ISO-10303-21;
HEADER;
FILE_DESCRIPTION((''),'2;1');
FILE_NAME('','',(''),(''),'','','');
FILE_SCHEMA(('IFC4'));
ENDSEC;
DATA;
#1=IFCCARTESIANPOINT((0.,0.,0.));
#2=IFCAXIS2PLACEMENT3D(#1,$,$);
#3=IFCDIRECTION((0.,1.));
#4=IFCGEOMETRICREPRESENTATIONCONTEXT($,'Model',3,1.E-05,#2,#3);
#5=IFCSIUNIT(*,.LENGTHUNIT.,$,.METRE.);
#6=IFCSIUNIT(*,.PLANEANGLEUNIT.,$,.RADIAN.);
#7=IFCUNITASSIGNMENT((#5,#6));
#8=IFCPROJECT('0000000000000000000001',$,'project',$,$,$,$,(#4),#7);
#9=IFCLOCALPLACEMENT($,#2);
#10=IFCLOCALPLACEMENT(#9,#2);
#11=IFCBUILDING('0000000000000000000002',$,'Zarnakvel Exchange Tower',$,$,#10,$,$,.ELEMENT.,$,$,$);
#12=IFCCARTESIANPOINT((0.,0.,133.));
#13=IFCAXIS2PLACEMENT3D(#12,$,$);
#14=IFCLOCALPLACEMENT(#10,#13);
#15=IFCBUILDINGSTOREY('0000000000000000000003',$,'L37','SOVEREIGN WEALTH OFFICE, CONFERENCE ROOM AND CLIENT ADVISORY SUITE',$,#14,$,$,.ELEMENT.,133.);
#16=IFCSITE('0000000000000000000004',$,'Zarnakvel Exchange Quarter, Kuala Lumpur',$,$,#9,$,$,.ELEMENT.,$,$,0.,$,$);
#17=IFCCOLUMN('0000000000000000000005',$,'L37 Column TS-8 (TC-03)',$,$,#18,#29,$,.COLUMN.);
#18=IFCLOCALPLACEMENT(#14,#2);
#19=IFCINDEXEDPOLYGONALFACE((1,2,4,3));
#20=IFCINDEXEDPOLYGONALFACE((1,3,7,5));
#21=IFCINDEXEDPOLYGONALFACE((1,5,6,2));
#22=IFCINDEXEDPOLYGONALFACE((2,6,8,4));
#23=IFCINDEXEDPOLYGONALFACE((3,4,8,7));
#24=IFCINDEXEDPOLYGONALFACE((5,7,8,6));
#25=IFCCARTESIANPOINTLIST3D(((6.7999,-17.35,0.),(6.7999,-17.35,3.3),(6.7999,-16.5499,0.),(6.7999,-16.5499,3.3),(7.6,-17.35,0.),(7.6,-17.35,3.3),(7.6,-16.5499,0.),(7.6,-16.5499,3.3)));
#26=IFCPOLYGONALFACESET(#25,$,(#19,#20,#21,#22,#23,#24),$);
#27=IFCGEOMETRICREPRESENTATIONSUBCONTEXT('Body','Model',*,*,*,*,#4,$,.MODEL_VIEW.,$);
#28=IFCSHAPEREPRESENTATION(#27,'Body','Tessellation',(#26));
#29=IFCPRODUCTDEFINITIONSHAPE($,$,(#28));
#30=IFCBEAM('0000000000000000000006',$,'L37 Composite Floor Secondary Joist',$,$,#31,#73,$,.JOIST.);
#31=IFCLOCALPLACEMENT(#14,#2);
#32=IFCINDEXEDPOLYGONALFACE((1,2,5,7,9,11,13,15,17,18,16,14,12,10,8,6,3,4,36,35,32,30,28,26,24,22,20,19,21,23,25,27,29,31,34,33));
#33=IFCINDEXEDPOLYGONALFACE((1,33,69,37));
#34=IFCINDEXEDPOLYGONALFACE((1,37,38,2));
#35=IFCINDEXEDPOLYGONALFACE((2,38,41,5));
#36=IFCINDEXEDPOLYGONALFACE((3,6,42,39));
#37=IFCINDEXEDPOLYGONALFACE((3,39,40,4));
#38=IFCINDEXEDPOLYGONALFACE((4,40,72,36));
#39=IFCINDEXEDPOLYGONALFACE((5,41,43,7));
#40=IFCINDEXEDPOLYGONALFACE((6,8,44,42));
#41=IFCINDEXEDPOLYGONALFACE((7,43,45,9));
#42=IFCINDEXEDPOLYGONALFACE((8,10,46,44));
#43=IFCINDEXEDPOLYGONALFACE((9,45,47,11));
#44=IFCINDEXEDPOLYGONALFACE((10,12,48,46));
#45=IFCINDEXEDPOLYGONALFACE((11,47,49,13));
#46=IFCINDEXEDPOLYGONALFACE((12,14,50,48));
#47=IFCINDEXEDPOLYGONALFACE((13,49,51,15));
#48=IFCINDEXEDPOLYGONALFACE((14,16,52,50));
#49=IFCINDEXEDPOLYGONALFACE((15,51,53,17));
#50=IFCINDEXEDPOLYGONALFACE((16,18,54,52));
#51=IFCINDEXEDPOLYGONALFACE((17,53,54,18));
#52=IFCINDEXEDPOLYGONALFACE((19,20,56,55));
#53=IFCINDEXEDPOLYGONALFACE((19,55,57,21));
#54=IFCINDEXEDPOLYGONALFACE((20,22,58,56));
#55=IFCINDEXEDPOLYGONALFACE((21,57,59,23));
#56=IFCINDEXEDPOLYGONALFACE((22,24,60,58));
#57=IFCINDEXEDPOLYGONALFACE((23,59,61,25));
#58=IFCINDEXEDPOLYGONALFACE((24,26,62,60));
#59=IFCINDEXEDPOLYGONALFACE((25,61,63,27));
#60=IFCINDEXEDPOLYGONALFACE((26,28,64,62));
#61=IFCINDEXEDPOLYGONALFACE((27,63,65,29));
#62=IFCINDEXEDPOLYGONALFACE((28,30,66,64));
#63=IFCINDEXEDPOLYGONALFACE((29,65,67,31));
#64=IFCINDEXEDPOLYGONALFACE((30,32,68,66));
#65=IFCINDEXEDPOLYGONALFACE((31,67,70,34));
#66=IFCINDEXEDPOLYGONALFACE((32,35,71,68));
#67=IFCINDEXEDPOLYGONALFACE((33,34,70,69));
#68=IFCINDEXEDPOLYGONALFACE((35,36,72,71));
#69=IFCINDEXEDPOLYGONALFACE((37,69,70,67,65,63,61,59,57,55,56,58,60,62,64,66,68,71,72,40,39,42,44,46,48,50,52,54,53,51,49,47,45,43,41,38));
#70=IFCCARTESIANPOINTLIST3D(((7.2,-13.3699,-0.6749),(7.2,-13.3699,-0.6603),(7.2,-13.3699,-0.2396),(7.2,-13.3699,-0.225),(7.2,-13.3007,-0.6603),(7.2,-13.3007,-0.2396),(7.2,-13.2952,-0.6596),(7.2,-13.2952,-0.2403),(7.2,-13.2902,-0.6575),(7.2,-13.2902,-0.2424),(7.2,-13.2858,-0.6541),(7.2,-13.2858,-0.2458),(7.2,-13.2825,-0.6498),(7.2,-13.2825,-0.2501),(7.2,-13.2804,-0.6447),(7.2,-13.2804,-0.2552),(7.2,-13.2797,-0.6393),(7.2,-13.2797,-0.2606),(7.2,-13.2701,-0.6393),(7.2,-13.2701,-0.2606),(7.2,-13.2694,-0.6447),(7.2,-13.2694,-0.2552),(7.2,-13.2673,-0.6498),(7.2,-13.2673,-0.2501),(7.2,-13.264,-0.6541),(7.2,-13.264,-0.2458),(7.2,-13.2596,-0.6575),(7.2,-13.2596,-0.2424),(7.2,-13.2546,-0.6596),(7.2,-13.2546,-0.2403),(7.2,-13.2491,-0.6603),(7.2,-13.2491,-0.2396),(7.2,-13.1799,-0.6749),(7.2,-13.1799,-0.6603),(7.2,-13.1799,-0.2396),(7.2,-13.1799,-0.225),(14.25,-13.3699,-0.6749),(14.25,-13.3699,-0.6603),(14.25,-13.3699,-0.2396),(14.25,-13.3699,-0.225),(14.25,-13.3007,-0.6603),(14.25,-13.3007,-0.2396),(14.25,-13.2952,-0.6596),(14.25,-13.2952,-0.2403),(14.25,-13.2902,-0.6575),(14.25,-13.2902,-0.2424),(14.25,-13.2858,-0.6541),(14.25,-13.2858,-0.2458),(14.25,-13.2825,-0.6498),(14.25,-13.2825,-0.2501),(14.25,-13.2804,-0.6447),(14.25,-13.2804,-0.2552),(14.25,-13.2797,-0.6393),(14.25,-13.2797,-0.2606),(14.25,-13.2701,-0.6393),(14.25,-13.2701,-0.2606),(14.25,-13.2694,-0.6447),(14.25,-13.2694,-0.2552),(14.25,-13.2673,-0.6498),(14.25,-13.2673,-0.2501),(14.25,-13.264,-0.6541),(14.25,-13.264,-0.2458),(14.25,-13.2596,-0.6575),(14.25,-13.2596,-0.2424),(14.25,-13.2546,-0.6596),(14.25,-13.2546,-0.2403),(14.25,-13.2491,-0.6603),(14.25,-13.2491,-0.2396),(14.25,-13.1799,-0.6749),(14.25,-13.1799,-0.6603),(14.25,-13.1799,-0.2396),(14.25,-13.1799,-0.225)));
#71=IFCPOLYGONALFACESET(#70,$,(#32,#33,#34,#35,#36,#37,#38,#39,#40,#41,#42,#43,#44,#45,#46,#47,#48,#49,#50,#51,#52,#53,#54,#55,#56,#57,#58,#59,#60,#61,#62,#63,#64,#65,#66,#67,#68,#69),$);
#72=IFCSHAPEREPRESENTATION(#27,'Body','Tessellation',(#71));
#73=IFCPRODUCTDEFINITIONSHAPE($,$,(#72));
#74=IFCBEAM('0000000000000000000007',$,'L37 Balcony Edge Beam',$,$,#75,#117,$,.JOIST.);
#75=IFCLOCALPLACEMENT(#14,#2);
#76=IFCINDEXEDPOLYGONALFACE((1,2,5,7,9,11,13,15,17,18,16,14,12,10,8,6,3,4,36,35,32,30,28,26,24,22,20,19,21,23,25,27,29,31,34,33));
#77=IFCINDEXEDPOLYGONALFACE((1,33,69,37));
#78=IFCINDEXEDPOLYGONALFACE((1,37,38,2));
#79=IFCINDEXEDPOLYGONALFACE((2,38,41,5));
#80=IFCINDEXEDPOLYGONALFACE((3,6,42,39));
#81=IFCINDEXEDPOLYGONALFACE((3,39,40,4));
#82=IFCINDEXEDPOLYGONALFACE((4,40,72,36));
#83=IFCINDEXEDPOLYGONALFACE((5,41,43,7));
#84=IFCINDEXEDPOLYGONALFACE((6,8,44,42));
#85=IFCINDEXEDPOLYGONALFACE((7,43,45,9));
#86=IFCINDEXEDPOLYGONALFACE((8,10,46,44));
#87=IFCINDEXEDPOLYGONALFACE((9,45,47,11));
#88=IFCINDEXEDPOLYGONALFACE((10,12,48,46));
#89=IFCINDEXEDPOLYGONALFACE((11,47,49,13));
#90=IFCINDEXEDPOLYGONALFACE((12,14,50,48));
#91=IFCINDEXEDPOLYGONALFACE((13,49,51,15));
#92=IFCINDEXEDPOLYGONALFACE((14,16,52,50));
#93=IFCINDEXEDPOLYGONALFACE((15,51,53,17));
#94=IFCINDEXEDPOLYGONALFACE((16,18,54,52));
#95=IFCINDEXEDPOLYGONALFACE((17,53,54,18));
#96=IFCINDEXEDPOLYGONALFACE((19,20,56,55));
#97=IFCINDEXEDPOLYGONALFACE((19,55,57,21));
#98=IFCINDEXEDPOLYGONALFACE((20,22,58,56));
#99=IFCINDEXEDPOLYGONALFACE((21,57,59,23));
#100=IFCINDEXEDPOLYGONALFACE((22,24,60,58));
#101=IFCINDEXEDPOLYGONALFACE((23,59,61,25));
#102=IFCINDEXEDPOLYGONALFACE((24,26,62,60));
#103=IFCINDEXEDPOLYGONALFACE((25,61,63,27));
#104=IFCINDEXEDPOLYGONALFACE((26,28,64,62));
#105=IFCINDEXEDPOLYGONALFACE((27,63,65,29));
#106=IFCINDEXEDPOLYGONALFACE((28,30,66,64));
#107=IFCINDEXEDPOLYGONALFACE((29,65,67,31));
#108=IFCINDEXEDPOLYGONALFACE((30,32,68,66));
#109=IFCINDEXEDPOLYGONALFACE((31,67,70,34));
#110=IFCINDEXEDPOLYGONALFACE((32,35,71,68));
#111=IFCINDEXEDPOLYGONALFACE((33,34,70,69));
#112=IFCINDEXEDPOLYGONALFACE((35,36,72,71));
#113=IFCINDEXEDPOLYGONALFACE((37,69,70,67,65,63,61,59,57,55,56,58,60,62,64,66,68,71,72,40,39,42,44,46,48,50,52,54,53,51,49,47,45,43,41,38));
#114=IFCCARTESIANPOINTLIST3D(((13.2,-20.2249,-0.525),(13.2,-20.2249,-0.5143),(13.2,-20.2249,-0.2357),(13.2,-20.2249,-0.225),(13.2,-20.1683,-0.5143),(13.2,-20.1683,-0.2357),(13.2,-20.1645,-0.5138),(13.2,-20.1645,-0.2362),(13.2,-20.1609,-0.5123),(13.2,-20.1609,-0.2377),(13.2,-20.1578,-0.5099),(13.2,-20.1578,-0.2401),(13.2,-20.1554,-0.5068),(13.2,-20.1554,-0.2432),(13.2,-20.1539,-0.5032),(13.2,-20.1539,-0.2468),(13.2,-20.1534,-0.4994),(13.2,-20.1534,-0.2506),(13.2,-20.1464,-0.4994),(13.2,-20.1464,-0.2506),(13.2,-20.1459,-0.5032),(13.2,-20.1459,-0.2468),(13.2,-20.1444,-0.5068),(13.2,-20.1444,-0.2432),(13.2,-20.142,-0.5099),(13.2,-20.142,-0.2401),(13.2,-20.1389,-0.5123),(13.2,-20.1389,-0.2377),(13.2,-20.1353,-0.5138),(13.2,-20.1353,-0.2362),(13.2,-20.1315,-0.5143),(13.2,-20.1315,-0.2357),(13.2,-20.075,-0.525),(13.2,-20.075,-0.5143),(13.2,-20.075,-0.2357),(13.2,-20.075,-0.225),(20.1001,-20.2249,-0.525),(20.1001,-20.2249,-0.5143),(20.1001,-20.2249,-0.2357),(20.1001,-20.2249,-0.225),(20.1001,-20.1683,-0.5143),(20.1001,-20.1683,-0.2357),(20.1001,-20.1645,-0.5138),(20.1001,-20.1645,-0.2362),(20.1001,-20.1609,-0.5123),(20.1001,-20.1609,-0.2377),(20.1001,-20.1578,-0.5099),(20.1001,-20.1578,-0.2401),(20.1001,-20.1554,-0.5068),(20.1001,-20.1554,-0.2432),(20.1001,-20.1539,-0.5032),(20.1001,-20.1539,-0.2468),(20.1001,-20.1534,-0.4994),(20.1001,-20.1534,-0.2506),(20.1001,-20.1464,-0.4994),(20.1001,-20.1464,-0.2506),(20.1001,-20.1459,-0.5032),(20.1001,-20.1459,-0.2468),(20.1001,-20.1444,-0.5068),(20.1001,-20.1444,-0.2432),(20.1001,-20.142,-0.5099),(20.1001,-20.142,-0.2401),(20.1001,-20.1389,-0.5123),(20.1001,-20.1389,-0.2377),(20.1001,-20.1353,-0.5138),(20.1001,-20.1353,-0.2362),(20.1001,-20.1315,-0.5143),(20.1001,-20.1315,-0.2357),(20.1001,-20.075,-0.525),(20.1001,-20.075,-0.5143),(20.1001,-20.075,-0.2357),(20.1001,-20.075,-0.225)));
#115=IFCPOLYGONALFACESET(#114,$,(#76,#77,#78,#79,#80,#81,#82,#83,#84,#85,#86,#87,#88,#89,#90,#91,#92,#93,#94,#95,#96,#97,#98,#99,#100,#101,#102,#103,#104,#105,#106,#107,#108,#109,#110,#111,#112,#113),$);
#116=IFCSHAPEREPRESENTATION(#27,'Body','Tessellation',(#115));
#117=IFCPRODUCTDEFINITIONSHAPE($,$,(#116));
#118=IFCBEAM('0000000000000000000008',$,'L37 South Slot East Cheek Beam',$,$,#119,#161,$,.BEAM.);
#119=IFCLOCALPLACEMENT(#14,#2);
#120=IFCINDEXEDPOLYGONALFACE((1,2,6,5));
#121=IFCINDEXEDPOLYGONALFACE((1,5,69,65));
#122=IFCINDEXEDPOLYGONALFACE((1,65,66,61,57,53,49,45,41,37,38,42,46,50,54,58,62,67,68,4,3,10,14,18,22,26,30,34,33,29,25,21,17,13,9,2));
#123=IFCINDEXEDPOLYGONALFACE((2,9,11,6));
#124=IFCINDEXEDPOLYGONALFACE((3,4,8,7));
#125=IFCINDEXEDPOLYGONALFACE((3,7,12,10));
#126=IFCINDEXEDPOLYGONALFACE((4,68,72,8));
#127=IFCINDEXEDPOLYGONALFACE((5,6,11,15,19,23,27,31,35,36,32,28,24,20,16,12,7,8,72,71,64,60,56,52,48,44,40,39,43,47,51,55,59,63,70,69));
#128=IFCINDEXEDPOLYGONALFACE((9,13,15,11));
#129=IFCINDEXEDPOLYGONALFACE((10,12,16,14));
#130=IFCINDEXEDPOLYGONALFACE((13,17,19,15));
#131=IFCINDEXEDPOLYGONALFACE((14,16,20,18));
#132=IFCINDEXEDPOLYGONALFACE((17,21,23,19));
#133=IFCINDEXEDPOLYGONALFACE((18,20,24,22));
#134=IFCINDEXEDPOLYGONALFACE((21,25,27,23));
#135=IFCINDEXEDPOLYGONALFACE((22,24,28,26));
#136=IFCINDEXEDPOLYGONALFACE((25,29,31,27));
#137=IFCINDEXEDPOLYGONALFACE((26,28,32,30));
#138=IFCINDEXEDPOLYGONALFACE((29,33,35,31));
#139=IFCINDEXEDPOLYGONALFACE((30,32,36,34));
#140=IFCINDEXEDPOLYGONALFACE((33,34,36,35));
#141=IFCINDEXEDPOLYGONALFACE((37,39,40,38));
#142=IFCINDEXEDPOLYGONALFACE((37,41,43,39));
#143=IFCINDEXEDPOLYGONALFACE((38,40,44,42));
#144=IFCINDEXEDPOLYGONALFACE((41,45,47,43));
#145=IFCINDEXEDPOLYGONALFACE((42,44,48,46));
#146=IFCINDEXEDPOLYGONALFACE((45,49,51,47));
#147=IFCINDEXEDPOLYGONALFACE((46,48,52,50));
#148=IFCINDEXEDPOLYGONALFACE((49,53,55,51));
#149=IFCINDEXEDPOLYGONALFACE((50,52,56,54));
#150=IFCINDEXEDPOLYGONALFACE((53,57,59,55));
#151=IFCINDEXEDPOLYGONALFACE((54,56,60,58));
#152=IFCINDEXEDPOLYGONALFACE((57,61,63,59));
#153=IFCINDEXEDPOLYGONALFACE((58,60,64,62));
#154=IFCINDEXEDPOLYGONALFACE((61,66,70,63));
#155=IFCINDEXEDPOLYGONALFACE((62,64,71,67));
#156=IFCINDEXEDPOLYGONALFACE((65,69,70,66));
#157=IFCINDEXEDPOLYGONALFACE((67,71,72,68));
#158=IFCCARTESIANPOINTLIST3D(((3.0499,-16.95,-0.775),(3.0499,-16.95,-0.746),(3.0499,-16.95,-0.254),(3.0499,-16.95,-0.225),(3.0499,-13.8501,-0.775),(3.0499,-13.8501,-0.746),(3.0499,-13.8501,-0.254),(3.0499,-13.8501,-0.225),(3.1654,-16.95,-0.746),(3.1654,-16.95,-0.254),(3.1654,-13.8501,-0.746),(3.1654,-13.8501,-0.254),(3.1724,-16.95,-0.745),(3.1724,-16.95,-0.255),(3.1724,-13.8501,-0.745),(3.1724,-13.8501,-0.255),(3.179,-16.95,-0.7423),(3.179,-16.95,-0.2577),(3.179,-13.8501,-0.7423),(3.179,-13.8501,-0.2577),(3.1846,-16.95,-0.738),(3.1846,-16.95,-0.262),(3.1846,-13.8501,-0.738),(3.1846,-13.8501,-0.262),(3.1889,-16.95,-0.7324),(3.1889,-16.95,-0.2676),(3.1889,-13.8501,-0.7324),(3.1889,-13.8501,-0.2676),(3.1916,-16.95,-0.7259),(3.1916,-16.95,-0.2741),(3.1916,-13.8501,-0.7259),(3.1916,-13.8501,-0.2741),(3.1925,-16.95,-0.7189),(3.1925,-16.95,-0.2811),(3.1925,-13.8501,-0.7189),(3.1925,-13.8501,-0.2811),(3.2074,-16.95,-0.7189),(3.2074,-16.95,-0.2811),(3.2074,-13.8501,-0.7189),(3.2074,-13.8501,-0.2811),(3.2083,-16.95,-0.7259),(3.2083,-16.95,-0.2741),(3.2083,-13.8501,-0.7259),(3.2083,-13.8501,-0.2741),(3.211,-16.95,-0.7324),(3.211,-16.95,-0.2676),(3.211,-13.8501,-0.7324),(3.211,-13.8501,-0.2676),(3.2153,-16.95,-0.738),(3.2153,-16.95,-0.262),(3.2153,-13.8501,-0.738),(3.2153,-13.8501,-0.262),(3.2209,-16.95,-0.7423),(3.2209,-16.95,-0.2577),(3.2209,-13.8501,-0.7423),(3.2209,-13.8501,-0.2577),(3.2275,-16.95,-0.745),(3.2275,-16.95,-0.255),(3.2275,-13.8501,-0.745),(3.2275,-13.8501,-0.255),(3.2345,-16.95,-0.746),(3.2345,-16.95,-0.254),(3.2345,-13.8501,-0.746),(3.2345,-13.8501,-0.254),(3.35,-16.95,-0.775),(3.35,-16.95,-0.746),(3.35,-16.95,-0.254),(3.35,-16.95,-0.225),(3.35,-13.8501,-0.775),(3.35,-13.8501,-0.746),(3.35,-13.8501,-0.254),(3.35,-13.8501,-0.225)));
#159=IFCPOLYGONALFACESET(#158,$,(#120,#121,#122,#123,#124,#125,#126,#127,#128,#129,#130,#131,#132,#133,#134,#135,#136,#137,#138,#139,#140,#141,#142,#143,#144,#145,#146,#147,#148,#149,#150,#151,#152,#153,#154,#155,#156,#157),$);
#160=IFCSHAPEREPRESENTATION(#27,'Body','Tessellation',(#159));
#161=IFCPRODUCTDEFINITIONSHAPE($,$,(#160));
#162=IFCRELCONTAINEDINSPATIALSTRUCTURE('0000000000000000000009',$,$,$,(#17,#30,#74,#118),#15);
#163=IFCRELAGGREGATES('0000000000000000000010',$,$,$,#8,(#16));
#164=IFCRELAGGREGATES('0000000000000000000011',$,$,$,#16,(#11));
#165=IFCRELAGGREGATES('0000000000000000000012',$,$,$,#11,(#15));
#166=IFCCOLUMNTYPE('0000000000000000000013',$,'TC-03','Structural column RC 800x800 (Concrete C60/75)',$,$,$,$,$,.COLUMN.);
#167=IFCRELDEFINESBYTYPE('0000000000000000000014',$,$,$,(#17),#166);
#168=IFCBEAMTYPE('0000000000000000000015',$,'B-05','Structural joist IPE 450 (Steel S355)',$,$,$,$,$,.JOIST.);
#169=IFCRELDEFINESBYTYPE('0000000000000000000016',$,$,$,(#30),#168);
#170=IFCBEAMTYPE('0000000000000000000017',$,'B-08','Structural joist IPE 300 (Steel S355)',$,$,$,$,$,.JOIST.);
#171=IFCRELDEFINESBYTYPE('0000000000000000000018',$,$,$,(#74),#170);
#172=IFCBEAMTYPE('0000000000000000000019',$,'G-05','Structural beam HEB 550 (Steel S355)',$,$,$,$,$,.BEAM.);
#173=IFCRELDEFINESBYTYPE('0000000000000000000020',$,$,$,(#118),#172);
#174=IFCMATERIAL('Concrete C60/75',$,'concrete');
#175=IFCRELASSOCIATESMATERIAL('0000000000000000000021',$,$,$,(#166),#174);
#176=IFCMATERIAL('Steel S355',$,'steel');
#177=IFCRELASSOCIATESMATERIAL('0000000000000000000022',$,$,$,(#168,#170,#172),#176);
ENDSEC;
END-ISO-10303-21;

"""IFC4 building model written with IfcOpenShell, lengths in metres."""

from ifc_helpers import new_model, si_unit, direction, frame, origin, origin_2d, place, context, subcontext, project, spatial, rectangle, i_section, extrude, material, material_profile, profile_set, type_object, element, save


model = new_model("IFC4")

# Units and contexts
model_context = context("Model", 3, precision=1e-05, world=origin(), true_north=direction((0.0, 1.0)))
body_context = subcontext(model_context, "Body", "Model", "MODEL_VIEW")
ifc_project = project(units=[si_unit("LENGTHUNIT", "METRE"), si_unit("PLANEANGLEUNIT", "RADIAN")], contexts=[model_context])

# Site, building, storey
site_placement = place(None, origin())
site = spatial("IfcSite", under=ifc_project, at=site_placement, Name="Zarnakvel Exchange Quarter, Kuala Lumpur", CompositionType="ELEMENT", RefElevation=0.0)
building_placement = place(site_placement, origin())
building = spatial("IfcBuilding", under=site, at=building_placement, Name="Zarnakvel Exchange Tower", CompositionType="ELEMENT")
storey_placement = place(building_placement, frame((0.0, 0.0, 133.0)))
storey = spatial("IfcBuildingStorey", under=building, at=storey_placement, Name="L37", Description="SOVEREIGN WEALTH OFFICE, CONFERENCE ROOM AND CLIENT ADVISORY SUITE", CompositionType="ELEMENT", Elevation=133.0)

# Column
ifc_material_1 = material(Name="Concrete C60/75", Category="concrete")
ifc_material_profile_1 = material_profile(ifc_material_1, rectangle(XDim=0.8, YDim=0.8, at=origin_2d()))
ifc_profile_set_1 = profile_set([ifc_material_profile_1], Name="Concrete C60/75")
column_type = type_object("IfcColumnType", Name="TC-03", Description="Structural column RC 800x800 (Concrete C60/75)", PredefinedType="COLUMN", material=ifc_profile_set_1)
column_placement = place(storey_placement, frame((7.2, -16.95, 0.0), z_axis=(0.0, 0.0, 1.0), x_axis=(1.0, 0.0, 0.0)))
element("IfcColumn", 1, at=column_placement, inside=storey, type_object=column_type, Name="L37 Column TS-8 (TC-03)", PredefinedType="COLUMN", context=body_context, shape_type="SweptSolid", body=[
    extrude(rectangle(XDim=0.8, YDim=0.8, at=origin_2d()), origin(), (0.0, 0.0, 1.0), 3.3),
])

# Beams
ifc_material_2 = material(Name="Steel S355", Category="steel")
ifc_material_profile_2 = material_profile(ifc_material_2, i_section(OverallWidth=0.1899, OverallDepth=0.45, WebThickness=0.0095, FlangeThickness=0.0146, FilletRadius=0.021, at=origin_2d()))
ifc_profile_set_2 = profile_set([ifc_material_profile_2], Name="Steel S355")
beam_type_1 = type_object("IfcBeamType", Name="B-05", Description="Structural joist IPE 450 (Steel S355)", PredefinedType="JOIST", material=ifc_profile_set_2)
beam_1_placement = place(storey_placement, frame((7.2, -13.2749, -0.45), z_axis=(1.0, 0.0, 0.0), x_axis=(0.0, 1.0, 0.0)))
element("IfcBeam", 2, at=beam_1_placement, inside=storey, type_object=beam_type_1, Name="L37 Composite Floor Secondary Joist", PredefinedType="JOIST", context=body_context, shape_type="SweptSolid", body=[
    extrude(i_section(OverallWidth=0.1899, OverallDepth=0.45, WebThickness=0.0095, FlangeThickness=0.0146, FilletRadius=0.021, at=origin_2d()), origin(), (0.0, 0.0, 1.0), 7.05),
])
ifc_material_profile_3 = material_profile(ifc_material_2, i_section(OverallWidth=0.1499, OverallDepth=0.3, WebThickness=0.0071, FlangeThickness=0.0107, FilletRadius=0.0149, at=origin_2d()))
ifc_profile_set_3 = profile_set([ifc_material_profile_3], Name="Steel S355")
beam_type_2 = type_object("IfcBeamType", Name="B-08", Description="Structural joist IPE 300 (Steel S355)", PredefinedType="JOIST", material=ifc_profile_set_3)
beam_2_placement = place(storey_placement, frame((13.2, -20.1499, -0.375), z_axis=(1.0, 0.0, 0.0), x_axis=(0.0, 1.0, 0.0)))
element("IfcBeam", 3, at=beam_2_placement, inside=storey, type_object=beam_type_2, Name="L37 Balcony Edge Beam", PredefinedType="JOIST", context=body_context, shape_type="SweptSolid", body=[
    extrude(i_section(OverallWidth=0.1499, OverallDepth=0.3, WebThickness=0.0071, FlangeThickness=0.0107, FilletRadius=0.0149, at=origin_2d()), origin(), (0.0, 0.0, 1.0), 6.9001),
])
ifc_material_profile_4 = material_profile(ifc_material_2, i_section(OverallWidth=0.3, OverallDepth=0.55, WebThickness=0.0149, FlangeThickness=0.0291, FilletRadius=0.0271, at=origin_2d()))
ifc_profile_set_4 = profile_set([ifc_material_profile_4], Name="Steel S355")
beam_type_3 = type_object("IfcBeamType", Name="G-05", Description="Structural beam HEB 550 (Steel S355)", PredefinedType="BEAM", material=ifc_profile_set_4)
beam_3_placement = place(storey_placement, frame((3.2, -16.95, -0.5), z_axis=(0.0, 1.0, 0.0), x_axis=(-1.0, 0.0, 0.0)))
element("IfcBeam", 4, at=beam_3_placement, inside=storey, type_object=beam_type_3, Name="L37 South Slot East Cheek Beam", PredefinedType="BEAM", context=body_context, shape_type="SweptSolid", body=[
    extrude(i_section(OverallWidth=0.3, OverallDepth=0.55, WebThickness=0.0149, FlangeThickness=0.0291, FilletRadius=0.0271, at=origin_2d()), origin(), (0.0, 0.0, 1.0), 3.0999),
])

save(model, "model.ifc")
